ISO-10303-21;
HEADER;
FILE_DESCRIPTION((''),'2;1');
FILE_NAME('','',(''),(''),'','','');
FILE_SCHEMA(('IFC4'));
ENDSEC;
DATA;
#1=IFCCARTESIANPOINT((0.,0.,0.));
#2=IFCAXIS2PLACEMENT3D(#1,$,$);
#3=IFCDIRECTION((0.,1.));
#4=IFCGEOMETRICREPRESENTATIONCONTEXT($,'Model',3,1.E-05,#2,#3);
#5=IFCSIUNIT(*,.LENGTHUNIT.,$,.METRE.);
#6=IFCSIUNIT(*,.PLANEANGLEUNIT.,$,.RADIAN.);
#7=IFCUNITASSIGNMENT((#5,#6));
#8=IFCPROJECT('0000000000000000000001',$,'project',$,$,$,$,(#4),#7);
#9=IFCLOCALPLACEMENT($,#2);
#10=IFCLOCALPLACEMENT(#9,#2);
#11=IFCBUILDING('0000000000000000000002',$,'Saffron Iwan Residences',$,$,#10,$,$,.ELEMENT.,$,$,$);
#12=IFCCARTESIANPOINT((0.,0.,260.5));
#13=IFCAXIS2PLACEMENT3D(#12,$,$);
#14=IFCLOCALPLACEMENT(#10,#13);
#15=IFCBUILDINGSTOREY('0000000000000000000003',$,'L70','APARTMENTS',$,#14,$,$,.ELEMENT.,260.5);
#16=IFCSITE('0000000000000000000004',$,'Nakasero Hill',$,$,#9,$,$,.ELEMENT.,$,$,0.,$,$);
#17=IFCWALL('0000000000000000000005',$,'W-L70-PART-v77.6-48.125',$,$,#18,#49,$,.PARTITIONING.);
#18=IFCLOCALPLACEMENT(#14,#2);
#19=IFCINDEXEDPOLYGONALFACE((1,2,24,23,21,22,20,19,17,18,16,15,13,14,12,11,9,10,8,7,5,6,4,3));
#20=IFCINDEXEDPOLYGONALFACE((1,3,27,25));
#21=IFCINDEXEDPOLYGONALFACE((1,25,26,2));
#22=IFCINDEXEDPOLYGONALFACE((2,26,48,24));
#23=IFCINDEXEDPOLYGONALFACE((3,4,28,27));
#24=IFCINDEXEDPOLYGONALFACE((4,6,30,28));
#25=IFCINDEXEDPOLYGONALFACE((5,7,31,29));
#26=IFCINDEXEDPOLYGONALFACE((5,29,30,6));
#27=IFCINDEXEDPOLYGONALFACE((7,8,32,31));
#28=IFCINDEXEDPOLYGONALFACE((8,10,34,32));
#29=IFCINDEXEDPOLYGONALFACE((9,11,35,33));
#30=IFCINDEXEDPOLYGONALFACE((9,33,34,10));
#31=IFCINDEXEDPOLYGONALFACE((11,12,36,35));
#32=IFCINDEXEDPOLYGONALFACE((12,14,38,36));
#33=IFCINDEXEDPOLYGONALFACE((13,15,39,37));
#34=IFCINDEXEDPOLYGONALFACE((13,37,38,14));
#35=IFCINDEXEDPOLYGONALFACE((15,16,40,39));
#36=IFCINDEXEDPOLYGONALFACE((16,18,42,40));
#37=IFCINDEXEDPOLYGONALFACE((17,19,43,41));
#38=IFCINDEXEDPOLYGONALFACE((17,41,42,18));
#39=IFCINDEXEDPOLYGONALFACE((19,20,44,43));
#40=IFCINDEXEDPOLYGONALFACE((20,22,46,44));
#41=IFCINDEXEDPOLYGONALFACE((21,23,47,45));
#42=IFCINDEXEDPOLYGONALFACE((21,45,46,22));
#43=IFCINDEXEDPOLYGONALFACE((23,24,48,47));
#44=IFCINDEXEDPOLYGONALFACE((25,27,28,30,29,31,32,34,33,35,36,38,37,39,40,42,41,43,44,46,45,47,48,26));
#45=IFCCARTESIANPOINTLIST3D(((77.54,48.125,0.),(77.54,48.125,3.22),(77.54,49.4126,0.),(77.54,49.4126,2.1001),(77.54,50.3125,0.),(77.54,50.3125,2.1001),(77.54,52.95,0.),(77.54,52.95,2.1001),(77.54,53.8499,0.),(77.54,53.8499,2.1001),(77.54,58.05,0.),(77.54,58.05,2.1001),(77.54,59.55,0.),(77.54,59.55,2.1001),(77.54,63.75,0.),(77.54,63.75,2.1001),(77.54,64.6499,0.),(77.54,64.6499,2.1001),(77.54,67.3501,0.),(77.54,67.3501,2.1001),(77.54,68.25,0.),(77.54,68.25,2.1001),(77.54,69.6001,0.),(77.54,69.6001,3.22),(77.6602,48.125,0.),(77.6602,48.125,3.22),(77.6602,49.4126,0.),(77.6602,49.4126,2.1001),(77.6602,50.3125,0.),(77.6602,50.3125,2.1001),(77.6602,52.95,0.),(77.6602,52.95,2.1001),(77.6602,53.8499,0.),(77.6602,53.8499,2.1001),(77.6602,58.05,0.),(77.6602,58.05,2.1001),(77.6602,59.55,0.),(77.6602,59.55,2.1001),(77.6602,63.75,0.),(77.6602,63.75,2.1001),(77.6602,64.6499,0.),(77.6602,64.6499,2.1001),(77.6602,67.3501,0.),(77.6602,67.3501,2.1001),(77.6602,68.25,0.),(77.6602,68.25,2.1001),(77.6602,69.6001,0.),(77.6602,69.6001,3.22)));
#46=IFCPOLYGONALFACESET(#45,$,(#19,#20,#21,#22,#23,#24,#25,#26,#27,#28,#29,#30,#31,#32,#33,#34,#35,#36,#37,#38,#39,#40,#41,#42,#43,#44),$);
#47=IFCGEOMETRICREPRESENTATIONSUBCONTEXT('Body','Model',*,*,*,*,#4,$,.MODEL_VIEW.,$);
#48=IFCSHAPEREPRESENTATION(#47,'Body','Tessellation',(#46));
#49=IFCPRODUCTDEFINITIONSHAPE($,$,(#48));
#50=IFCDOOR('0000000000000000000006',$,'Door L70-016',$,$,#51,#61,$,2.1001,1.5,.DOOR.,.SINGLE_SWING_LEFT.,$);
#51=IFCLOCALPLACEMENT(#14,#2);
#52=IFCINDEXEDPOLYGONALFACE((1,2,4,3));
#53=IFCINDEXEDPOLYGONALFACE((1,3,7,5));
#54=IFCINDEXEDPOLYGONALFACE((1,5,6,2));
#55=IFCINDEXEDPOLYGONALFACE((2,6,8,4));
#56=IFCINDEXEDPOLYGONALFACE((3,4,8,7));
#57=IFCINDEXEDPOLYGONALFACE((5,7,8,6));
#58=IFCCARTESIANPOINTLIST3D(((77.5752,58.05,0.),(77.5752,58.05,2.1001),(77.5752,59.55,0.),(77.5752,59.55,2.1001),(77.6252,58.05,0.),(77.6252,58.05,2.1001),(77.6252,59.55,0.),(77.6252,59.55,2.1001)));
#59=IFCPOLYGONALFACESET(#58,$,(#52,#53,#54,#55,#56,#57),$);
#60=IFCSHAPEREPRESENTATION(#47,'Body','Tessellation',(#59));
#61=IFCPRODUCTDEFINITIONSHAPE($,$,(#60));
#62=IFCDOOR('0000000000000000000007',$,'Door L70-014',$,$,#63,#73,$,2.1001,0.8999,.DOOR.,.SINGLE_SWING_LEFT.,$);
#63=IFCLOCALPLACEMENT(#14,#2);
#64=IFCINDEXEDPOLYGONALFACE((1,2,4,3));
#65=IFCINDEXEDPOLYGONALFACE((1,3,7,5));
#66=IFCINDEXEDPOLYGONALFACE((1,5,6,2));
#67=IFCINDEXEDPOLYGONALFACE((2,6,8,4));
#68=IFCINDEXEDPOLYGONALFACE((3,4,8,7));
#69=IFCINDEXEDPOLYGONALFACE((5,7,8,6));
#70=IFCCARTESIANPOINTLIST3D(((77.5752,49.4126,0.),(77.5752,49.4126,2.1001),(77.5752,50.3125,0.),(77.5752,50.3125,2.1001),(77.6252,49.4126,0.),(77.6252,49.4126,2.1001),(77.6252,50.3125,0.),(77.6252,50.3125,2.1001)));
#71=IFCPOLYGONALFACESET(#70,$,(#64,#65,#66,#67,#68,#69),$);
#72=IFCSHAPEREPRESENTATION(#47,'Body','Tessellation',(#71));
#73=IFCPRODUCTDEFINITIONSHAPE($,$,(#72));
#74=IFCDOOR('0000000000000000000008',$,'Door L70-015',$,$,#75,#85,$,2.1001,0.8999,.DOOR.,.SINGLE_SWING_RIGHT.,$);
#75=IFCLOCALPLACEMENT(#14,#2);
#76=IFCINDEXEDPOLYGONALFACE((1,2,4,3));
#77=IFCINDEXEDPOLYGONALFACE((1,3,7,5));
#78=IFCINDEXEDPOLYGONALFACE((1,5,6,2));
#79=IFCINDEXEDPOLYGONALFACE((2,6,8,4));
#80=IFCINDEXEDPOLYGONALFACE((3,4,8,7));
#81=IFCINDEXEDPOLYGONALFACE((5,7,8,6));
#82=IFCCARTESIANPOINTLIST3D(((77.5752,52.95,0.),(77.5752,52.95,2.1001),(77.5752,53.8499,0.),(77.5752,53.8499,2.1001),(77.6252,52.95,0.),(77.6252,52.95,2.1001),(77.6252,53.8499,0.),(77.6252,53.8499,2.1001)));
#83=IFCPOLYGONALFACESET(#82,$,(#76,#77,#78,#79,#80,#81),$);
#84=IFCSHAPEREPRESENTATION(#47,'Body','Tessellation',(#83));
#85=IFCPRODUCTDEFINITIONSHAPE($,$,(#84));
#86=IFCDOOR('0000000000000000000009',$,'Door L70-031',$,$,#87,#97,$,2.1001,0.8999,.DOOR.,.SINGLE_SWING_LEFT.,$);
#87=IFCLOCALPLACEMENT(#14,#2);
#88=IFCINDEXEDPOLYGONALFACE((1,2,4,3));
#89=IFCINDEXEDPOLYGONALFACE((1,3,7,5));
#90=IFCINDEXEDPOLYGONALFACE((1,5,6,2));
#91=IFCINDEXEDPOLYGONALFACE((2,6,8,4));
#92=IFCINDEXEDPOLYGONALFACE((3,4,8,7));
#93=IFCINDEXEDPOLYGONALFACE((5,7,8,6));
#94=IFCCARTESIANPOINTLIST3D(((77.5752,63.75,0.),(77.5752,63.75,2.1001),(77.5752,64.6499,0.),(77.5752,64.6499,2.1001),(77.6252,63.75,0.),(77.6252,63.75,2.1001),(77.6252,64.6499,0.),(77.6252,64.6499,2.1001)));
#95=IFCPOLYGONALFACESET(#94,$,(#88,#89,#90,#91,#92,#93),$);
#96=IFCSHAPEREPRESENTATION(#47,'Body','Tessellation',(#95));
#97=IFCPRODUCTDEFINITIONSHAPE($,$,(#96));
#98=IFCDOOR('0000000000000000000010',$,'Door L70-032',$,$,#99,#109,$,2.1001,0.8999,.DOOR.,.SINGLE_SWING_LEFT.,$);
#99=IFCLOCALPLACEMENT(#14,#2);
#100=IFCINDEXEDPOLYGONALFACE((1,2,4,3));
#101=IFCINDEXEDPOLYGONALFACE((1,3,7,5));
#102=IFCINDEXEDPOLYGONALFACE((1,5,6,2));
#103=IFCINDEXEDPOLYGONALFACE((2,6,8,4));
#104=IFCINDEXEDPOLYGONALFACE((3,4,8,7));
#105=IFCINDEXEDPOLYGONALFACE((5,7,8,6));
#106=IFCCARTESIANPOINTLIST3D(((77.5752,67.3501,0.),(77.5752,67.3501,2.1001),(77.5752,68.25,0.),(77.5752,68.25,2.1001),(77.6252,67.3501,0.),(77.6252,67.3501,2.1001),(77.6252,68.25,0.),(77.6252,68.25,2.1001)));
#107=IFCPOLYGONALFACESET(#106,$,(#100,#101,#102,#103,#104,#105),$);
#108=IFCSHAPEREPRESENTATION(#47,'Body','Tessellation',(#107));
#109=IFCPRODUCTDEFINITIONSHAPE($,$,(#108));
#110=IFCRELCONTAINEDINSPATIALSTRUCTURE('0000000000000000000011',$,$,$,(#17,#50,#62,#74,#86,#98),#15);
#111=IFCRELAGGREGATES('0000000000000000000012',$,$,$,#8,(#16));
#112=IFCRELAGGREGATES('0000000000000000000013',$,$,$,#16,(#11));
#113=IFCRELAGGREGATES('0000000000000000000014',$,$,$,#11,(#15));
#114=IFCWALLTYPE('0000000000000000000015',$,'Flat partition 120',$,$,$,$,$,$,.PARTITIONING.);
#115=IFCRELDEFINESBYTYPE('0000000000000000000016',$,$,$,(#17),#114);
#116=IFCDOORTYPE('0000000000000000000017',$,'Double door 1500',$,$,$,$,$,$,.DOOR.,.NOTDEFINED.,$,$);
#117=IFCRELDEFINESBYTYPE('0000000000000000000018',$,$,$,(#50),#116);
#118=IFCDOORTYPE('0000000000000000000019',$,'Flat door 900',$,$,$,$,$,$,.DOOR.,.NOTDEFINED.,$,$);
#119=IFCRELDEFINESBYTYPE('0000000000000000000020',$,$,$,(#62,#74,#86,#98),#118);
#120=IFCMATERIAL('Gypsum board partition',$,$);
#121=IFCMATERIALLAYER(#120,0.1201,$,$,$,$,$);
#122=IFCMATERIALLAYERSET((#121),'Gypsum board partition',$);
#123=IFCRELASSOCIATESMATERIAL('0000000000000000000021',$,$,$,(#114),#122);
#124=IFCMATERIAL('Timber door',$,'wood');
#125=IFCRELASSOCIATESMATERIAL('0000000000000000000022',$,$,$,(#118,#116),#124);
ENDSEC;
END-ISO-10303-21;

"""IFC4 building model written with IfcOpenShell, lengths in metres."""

from ifc_helpers import new_model, si_unit, direction, frame, frame_2d, origin, place, context, subcontext, project, spatial, rectangle, extrude, material, layer, layer_set, type_object, element, fill, save


model = new_model("IFC4")

# Units and contexts
model_context = context("Model", 3, precision=1e-05, world=origin(), true_north=direction((0.0, 1.0)))
body_context = subcontext(model_context, "Body", "Model", "MODEL_VIEW")
ifc_project = project(units=[si_unit("LENGTHUNIT", "METRE"), si_unit("PLANEANGLEUNIT", "RADIAN")], contexts=[model_context])

# Site, building, storey
site_placement = place(None, origin())
site = spatial("IfcSite", under=ifc_project, at=site_placement, Name="Nakasero Hill", CompositionType="ELEMENT", RefElevation=0.0)
building_placement = place(site_placement, origin())
building = spatial("IfcBuilding", under=site, at=building_placement, Name="Saffron Iwan Residences", CompositionType="ELEMENT")
storey_placement = place(building_placement, frame((0.0, 0.0, 260.5)))
storey = spatial("IfcBuildingStorey", under=building, at=storey_placement, Name="L70", Description="APARTMENTS", CompositionType="ELEMENT", Elevation=260.5)

# Shared definitions
ifc_material_1 = material(Name="Gypsum board partition")
ifc_layer_1 = layer(ifc_material_1, 0.1201)
ifc_layer_set_1 = layer_set([ifc_layer_1], Name="Gypsum board partition")
wall_type_1 = type_object("IfcWallType", Name="Flat partition 120", PredefinedType="PARTITIONING", material=ifc_layer_set_1)

# Shared definitions
ifc_material_2 = material(Name="Timber door", Category="wood")

# Shared definitions
door_type_1 = type_object("IfcDoorType", Name="Flat door 900", OperationType="NOTDEFINED", PredefinedType="DOOR", material=ifc_material_2)

# Wall, openings, doors
wall_1_placement = place(storey_placement, frame((77.6001, 48.125, 0.0), z_axis=(0.0, 0.0, 1.0), x_axis=(0.0, 1.0, 0.0)))
wall_1 = element("IfcWall", 1, at=wall_1_placement, inside=storey, type_object=wall_type_1, Name="W-L70-PART-v77.6-48.125", PredefinedType="PARTITIONING", context=body_context, shape_type="SweptSolid", body=[
    extrude(rectangle(XDim=21.4751, YDim=0.1201, at=frame_2d((10.7375, 0.0))), origin(), (0.0, 0.0, 1.0), 3.22),
])
opening_1_placement = place(wall_1_placement, frame((1.2876, 0.0, 0.0)))
opening_1 = element("IfcOpeningElement", 2, at=opening_1_placement, cuts=wall_1, PredefinedType="OPENING", context=body_context, shape_type="SweptSolid", body=[
    extrude(rectangle(XDim=0.8999, YDim=2.1001, at=frame_2d((0.45, 1.05))), frame((0.0, 0.0701, 0.0), z_axis=(0.0, -1.0, 0.0), x_axis=(1.0, 0.0, 0.0)), (0.0, 0.0, 1.0), 0.1401),
])
opening_2_placement = place(wall_1_placement, frame((4.825, 0.0, 0.0)))
opening_2 = element("IfcOpeningElement", 3, at=opening_2_placement, cuts=wall_1, PredefinedType="OPENING", context=body_context, shape_type="SweptSolid", body=[
    extrude(rectangle(XDim=0.8999, YDim=2.1001, at=frame_2d((0.45, 1.05))), frame((0.0, 0.0701, 0.0), z_axis=(0.0, -1.0, 0.0), x_axis=(1.0, 0.0, 0.0)), (0.0, 0.0, 1.0), 0.1401),
])
opening_3_placement = place(wall_1_placement, frame((9.925, 0.0, 0.0)))
opening_3 = element("IfcOpeningElement", 4, at=opening_3_placement, cuts=wall_1, PredefinedType="OPENING", context=body_context, shape_type="SweptSolid", body=[
    extrude(rectangle(XDim=1.5, YDim=2.1001, at=frame_2d((0.75, 1.05))), frame((0.0, 0.0701, 0.0), z_axis=(0.0, -1.0, 0.0), x_axis=(1.0, 0.0, 0.0)), (0.0, 0.0, 1.0), 0.1401),
])
opening_4_placement = place(wall_1_placement, frame((15.625, 0.0, 0.0)))
opening_4 = element("IfcOpeningElement", 5, at=opening_4_placement, cuts=wall_1, PredefinedType="OPENING", context=body_context, shape_type="SweptSolid", body=[
    extrude(rectangle(XDim=0.8999, YDim=2.1001, at=frame_2d((0.45, 1.05))), frame((0.0, 0.0701, 0.0), z_axis=(0.0, -1.0, 0.0), x_axis=(1.0, 0.0, 0.0)), (0.0, 0.0, 1.0), 0.1401),
])
opening_5_placement = place(wall_1_placement, frame((19.2251, 0.0, 0.0)))
opening_5 = element("IfcOpeningElement", 6, at=opening_5_placement, cuts=wall_1, PredefinedType="OPENING", context=body_context, shape_type="SweptSolid", body=[
    extrude(rectangle(XDim=0.8999, YDim=2.1001, at=frame_2d((0.45, 1.05))), frame((0.0, 0.0701, 0.0), z_axis=(0.0, -1.0, 0.0), x_axis=(1.0, 0.0, 0.0)), (0.0, 0.0, 1.0), 0.1401),
])
door_type_2 = type_object("IfcDoorType", Name="Double door 1500", OperationType="NOTDEFINED", PredefinedType="DOOR", material=ifc_material_2)
door_1_placement = place(opening_3_placement, origin())
door_1 = element("IfcDoor", 7, at=door_1_placement, inside=storey, type_object=door_type_2, Name="Door L70-016", OperationType="SINGLE_SWING_LEFT", OverallHeight=2.1001, OverallWidth=1.5, PredefinedType="DOOR", context=body_context, shape_type="SweptSolid", body=[
    extrude(rectangle(XDim=1.5, YDim=2.1001, at=frame_2d((0.75, 1.05))), frame((0.0, 0.0249, 0.0), z_axis=(0.0, -1.0, 0.0), x_axis=(1.0, 0.0, 0.0)), (0.0, 0.0, 1.0), 0.05),
])
fill(opening_3, door_1)
door_2_placement = place(opening_1_placement, origin())
door_2 = element("IfcDoor", 8, at=door_2_placement, inside=storey, type_object=door_type_1, Name="Door L70-014", OperationType="SINGLE_SWING_LEFT", OverallHeight=2.1001, OverallWidth=0.8999, PredefinedType="DOOR", context=body_context, shape_type="SweptSolid", body=[
    extrude(rectangle(XDim=0.8999, YDim=2.1001, at=frame_2d((0.45, 1.05))), frame((0.0, 0.0249, 0.0), z_axis=(0.0, -1.0, 0.0), x_axis=(1.0, 0.0, 0.0)), (0.0, 0.0, 1.0), 0.05),
])
fill(opening_1, door_2)
door_3_placement = place(opening_2_placement, origin())
door_3 = element("IfcDoor", 9, at=door_3_placement, inside=storey, type_object=door_type_1, Name="Door L70-015", OperationType="SINGLE_SWING_RIGHT", OverallHeight=2.1001, OverallWidth=0.8999, PredefinedType="DOOR", context=body_context, shape_type="SweptSolid", body=[
    extrude(rectangle(XDim=0.8999, YDim=2.1001, at=frame_2d((0.45, 1.05))), frame((0.0, 0.0249, 0.0), z_axis=(0.0, -1.0, 0.0), x_axis=(1.0, 0.0, 0.0)), (0.0, 0.0, 1.0), 0.05),
])
fill(opening_2, door_3)
door_4_placement = place(opening_4_placement, origin())
door_4 = element("IfcDoor", 10, at=door_4_placement, inside=storey, type_object=door_type_1, Name="Door L70-031", OperationType="SINGLE_SWING_LEFT", OverallHeight=2.1001, OverallWidth=0.8999, PredefinedType="DOOR", context=body_context, shape_type="SweptSolid", body=[
    extrude(rectangle(XDim=0.8999, YDim=2.1001, at=frame_2d((0.45, 1.05))), frame((0.0, 0.0249, 0.0), z_axis=(0.0, -1.0, 0.0), x_axis=(1.0, 0.0, 0.0)), (0.0, 0.0, 1.0), 0.05),
])
fill(opening_4, door_4)
door_5_placement = place(opening_5_placement, origin())
door_5 = element("IfcDoor", 11, at=door_5_placement, inside=storey, type_object=door_type_1, Name="Door L70-032", OperationType="SINGLE_SWING_LEFT", OverallHeight=2.1001, OverallWidth=0.8999, PredefinedType="DOOR", context=body_context, shape_type="SweptSolid", body=[
    extrude(rectangle(XDim=0.8999, YDim=2.1001, at=frame_2d((0.45, 1.05))), frame((0.0, 0.0249, 0.0), z_axis=(0.0, -1.0, 0.0), x_axis=(1.0, 0.0, 0.0)), (0.0, 0.0, 1.0), 0.05),
])
fill(opening_5, door_5)

save(model, "model.ifc")
